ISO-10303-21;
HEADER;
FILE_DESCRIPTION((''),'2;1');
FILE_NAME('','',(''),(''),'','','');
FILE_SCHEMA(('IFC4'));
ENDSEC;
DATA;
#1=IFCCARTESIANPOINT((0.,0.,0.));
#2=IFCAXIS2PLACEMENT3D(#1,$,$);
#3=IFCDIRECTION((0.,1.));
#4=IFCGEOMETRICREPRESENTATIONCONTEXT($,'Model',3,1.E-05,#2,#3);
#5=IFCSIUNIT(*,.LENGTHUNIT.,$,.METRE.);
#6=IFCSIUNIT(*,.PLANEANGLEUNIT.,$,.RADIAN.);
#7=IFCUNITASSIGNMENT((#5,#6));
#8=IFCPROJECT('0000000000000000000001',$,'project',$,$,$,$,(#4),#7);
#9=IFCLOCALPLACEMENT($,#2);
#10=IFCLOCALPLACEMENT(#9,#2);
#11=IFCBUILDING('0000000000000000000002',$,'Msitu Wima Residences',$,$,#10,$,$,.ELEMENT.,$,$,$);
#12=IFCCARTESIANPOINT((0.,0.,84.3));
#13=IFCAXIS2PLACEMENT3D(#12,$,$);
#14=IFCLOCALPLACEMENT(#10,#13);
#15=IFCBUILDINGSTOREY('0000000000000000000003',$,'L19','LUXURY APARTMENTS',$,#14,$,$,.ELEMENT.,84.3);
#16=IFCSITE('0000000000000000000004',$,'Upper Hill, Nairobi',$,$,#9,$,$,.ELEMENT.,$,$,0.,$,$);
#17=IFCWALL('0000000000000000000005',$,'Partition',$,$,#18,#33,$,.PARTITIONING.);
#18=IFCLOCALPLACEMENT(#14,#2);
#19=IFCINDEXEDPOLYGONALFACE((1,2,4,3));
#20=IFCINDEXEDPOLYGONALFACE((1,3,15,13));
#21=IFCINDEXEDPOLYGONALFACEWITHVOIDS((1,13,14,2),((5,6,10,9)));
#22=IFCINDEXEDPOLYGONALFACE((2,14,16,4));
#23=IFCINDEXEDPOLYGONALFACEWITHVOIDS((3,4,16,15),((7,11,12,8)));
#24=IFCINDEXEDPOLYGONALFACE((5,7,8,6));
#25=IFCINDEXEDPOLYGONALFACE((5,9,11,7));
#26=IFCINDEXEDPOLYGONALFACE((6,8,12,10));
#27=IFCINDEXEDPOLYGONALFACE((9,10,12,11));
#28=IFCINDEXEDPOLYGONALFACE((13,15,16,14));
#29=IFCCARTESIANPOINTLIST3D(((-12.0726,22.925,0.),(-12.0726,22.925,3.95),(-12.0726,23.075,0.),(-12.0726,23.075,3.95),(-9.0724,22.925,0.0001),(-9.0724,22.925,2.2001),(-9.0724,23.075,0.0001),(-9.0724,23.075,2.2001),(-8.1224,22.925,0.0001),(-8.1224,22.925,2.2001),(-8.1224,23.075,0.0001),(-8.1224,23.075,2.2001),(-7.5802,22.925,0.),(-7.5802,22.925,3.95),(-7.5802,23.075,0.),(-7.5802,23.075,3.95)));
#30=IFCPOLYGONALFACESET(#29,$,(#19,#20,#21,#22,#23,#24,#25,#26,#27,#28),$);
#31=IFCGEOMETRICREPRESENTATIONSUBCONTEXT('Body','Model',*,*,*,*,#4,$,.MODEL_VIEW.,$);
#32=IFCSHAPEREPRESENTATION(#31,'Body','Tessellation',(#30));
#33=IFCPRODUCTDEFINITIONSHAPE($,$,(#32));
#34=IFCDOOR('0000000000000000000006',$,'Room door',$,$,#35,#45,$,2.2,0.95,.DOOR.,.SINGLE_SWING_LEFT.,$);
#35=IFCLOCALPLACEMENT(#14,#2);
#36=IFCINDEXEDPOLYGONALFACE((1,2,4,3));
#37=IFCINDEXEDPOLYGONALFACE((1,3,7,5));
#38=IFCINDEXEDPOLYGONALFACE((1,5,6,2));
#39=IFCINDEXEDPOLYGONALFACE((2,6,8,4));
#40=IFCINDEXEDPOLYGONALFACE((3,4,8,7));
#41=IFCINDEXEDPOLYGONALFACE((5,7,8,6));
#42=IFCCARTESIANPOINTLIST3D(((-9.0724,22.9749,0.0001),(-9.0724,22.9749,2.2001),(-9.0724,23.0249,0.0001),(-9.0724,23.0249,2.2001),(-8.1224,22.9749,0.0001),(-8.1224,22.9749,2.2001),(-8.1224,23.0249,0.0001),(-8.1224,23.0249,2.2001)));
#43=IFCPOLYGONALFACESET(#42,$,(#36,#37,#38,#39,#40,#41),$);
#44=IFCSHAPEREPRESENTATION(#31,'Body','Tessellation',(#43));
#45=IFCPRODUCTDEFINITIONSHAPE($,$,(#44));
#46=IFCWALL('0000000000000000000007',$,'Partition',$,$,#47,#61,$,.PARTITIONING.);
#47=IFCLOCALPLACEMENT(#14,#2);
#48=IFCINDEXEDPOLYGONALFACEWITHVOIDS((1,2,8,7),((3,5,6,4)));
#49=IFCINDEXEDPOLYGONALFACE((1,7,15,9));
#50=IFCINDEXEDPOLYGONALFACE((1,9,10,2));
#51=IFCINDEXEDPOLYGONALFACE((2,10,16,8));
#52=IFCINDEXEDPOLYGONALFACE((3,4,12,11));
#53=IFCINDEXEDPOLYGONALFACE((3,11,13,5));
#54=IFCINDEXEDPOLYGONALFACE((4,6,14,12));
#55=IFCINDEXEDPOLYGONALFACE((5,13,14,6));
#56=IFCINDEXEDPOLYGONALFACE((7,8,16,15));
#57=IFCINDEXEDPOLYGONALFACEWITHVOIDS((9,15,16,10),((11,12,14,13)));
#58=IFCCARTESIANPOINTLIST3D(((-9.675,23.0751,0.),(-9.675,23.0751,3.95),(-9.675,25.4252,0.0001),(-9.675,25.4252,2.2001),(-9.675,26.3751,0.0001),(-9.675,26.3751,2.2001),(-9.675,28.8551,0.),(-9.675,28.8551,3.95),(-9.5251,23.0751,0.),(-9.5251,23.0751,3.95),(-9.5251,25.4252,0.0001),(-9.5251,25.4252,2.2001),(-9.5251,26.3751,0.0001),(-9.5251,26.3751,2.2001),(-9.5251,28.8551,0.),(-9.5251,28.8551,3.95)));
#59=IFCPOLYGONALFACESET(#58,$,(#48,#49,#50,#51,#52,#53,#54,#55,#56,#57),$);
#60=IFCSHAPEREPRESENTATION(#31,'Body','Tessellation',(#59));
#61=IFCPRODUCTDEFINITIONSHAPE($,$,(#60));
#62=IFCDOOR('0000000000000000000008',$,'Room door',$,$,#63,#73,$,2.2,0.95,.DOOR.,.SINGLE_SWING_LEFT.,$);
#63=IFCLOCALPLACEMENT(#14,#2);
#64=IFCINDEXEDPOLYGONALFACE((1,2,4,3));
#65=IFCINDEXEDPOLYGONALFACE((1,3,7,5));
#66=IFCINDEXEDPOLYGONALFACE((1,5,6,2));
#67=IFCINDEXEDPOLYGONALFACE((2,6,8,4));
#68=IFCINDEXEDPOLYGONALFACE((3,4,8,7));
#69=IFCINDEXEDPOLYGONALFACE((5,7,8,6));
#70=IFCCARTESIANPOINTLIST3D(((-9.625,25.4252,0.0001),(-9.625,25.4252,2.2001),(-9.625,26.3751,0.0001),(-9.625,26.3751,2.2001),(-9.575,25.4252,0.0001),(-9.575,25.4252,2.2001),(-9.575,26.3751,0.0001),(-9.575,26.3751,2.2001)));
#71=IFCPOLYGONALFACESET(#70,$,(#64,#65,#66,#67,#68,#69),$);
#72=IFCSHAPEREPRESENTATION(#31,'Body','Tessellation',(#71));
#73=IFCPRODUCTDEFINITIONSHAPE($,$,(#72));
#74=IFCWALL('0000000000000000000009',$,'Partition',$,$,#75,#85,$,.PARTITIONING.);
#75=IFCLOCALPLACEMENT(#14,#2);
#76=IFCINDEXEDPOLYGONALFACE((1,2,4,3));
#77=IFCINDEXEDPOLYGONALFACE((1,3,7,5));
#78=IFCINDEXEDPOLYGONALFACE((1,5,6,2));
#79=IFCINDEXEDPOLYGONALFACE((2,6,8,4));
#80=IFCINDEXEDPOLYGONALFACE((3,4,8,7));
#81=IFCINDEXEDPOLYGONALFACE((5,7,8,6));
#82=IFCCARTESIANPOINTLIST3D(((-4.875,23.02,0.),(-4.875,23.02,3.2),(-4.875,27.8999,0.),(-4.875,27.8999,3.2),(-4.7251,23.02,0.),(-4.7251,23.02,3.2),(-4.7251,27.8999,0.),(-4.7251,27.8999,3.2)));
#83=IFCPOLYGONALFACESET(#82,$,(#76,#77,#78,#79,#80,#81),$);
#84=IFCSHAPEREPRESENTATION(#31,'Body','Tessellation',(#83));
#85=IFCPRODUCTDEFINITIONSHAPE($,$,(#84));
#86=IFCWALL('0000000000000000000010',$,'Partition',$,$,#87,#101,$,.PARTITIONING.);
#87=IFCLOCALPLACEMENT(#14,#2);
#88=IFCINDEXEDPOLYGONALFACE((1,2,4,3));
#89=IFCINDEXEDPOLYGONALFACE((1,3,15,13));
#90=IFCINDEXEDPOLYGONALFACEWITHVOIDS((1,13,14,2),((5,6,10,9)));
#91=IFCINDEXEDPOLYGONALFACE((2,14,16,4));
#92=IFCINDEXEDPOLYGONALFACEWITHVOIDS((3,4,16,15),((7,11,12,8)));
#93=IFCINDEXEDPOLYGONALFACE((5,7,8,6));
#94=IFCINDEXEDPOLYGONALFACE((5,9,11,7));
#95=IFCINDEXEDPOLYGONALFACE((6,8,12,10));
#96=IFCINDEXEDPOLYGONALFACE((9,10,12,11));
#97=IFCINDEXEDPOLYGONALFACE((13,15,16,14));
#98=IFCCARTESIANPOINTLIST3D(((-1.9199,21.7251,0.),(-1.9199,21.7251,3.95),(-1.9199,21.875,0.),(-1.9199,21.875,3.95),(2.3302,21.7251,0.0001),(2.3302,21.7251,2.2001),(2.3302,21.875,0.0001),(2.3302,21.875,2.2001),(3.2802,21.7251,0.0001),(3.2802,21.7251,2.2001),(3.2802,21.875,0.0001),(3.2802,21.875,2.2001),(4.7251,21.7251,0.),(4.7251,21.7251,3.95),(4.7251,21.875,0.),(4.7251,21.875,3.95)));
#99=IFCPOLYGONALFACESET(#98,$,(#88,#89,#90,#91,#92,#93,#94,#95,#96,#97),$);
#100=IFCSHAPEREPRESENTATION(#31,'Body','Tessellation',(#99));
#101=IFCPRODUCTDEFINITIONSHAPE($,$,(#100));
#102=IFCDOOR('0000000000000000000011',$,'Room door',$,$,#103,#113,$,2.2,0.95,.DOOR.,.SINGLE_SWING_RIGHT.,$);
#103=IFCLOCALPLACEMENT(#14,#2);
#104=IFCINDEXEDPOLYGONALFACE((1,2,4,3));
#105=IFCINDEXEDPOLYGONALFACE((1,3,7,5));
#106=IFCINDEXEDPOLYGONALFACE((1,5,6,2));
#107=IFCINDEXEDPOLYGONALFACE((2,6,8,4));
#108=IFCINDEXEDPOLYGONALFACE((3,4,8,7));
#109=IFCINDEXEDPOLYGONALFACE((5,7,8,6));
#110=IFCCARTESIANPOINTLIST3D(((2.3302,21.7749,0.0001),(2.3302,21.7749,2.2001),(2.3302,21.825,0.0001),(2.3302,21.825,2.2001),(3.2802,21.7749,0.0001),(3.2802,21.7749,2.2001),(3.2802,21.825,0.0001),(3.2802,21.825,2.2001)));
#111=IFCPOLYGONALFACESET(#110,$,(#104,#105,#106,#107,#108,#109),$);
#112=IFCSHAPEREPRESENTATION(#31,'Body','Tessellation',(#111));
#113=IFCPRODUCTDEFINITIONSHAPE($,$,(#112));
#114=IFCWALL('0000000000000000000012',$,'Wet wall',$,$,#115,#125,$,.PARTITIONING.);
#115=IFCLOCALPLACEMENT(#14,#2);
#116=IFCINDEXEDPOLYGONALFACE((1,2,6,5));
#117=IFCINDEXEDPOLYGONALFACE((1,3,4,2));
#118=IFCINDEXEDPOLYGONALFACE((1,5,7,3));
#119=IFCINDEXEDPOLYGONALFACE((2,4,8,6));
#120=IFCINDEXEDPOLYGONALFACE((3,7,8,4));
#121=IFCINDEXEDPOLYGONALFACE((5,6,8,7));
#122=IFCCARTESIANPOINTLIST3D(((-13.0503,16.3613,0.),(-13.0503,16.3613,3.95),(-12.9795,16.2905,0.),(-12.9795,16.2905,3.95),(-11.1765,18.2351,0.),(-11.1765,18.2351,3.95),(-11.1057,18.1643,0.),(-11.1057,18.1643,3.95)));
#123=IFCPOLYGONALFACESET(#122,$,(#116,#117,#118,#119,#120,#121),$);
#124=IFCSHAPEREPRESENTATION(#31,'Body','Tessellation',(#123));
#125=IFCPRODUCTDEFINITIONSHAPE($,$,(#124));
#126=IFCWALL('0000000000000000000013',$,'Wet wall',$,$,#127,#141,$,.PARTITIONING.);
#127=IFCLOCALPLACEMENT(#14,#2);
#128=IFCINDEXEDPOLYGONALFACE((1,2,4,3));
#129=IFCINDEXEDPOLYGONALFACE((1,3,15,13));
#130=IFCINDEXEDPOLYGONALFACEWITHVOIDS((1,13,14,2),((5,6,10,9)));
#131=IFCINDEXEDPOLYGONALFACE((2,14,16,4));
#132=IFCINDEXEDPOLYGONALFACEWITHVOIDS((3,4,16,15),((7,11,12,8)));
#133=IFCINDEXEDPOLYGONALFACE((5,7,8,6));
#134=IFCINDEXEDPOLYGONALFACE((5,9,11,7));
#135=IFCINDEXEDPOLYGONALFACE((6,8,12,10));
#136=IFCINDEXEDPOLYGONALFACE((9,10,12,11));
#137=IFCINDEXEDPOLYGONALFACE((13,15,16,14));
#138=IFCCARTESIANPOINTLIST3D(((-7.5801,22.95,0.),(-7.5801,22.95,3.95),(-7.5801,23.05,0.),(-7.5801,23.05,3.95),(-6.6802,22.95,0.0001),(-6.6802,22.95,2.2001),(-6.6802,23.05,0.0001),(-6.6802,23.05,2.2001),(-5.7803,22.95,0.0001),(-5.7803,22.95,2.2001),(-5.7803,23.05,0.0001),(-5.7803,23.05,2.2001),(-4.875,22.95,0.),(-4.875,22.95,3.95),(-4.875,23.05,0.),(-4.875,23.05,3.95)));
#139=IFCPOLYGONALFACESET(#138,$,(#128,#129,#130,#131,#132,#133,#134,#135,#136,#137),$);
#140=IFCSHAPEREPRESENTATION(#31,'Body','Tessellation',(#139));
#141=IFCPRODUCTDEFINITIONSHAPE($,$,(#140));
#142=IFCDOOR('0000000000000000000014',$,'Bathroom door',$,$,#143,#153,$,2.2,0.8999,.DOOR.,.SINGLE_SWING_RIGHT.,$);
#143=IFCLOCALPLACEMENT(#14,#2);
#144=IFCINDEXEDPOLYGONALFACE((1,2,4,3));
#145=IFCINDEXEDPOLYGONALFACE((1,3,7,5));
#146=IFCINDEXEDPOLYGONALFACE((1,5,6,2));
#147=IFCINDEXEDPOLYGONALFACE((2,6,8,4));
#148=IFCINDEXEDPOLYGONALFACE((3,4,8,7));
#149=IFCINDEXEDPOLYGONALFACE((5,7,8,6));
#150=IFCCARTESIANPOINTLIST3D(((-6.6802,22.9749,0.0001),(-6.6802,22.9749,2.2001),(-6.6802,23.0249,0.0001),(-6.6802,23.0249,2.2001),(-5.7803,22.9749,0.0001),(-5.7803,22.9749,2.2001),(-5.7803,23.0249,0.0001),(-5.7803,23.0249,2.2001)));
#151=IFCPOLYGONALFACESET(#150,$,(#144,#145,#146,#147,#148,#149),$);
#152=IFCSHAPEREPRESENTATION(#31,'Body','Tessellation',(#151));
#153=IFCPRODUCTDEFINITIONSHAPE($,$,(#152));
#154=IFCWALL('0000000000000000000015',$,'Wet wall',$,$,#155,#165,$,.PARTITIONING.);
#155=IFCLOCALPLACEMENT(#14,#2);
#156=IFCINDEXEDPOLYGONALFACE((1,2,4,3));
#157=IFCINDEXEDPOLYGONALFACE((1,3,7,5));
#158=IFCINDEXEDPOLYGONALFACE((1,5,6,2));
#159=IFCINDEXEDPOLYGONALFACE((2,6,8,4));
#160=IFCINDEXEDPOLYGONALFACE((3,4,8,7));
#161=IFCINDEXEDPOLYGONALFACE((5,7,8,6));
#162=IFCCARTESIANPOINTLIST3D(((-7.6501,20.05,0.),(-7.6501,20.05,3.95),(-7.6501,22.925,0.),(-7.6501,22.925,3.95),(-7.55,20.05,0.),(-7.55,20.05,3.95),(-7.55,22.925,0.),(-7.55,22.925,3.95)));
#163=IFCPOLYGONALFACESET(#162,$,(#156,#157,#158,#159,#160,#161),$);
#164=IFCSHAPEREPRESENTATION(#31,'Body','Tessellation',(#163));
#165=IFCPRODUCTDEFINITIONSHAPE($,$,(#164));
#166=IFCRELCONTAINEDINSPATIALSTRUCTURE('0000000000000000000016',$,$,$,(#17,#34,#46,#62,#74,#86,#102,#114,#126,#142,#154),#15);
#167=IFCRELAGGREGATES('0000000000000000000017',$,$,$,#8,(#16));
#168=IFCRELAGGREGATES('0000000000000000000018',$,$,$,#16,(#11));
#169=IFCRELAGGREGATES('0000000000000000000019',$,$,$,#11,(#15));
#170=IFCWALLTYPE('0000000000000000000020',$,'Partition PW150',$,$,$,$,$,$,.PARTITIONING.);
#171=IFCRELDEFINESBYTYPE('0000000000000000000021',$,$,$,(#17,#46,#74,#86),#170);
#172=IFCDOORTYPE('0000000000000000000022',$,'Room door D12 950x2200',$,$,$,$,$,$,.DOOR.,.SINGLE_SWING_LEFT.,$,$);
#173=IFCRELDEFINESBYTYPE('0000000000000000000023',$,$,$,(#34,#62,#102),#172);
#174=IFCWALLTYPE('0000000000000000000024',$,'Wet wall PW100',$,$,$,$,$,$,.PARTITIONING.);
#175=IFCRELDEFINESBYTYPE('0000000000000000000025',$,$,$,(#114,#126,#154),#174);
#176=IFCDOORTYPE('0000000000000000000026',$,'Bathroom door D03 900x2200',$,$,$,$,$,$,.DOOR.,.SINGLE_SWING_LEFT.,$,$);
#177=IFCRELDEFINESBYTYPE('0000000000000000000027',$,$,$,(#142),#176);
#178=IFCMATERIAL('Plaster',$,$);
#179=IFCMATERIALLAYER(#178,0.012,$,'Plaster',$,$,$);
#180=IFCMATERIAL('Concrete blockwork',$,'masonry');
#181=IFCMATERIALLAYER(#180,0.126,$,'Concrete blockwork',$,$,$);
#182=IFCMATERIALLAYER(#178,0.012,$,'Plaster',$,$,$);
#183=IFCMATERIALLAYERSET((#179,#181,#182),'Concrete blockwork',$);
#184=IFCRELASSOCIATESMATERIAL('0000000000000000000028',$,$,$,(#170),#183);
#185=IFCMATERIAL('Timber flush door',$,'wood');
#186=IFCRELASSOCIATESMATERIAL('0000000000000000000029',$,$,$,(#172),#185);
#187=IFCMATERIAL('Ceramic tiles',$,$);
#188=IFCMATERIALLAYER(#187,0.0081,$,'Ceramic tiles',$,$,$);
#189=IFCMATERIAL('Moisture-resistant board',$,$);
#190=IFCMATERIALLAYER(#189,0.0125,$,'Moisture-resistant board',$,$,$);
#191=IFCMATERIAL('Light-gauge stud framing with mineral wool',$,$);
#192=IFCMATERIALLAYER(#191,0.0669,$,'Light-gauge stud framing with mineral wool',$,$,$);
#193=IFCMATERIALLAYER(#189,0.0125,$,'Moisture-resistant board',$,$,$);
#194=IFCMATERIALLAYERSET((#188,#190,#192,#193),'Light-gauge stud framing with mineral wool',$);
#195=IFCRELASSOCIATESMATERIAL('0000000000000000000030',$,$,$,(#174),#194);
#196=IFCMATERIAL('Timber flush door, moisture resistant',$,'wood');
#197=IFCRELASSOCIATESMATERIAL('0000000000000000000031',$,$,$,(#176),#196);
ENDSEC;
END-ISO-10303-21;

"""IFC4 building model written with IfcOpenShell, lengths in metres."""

from ifc_helpers import new_model, si_unit, direction, frame, frame_2d, origin, place, context, subcontext, project, spatial, rectangle, extrude, material, layer, layer_set, type_object, element, fill, save


model = new_model("IFC4")

# Units and contexts
model_context = context("Model", 3, precision=1e-05, world=origin(), true_north=direction((0.0, 1.0)))
body_context = subcontext(model_context, "Body", "Model", "MODEL_VIEW")
ifc_project = project(units=[si_unit("LENGTHUNIT", "METRE"), si_unit("PLANEANGLEUNIT", "RADIAN")], contexts=[model_context])

# Site, building, storey
site_placement = place(None, origin())
site = spatial("IfcSite", under=ifc_project, at=site_placement, Name="Upper Hill, Nairobi", CompositionType="ELEMENT", RefElevation=0.0)
building_placement = place(site_placement, origin())
building = spatial("IfcBuilding", under=site, at=building_placement, Name="Msitu Wima Residences", CompositionType="ELEMENT")
storey_placement = place(building_placement, frame((0.0, 0.0, 84.3)))
storey = spatial("IfcBuildingStorey", under=building, at=storey_placement, Name="L19", Description="LUXURY APARTMENTS", CompositionType="ELEMENT", Elevation=84.3)

# Shared definitions
ifc_material_1 = material(Name="Plaster")
ifc_layer_1 = layer(ifc_material_1, 0.012, Name="Plaster")
ifc_material_2 = material(Name="Concrete blockwork", Category="masonry")
ifc_layer_2 = layer(ifc_material_2, 0.126, Name="Concrete blockwork")
ifc_layer_3 = layer(ifc_material_1, 0.012, Name="Plaster")
ifc_layer_set_1 = layer_set([ifc_layer_1, ifc_layer_2, ifc_layer_3], Name="Concrete blockwork")
wall_type_1 = type_object("IfcWallType", Name="Partition PW150", PredefinedType="PARTITIONING", material=ifc_layer_set_1)

# Walls, openings, doors
wall_1_placement = place(storey_placement, frame((-12.0725, 23.0, 0.0), z_axis=(0.0, 0.0, 1.0), x_axis=(1.0, 0.0, 0.0)))
wall_1 = element("IfcWall", 1, at=wall_1_placement, inside=storey, type_object=wall_type_1, Name="Partition", PredefinedType="PARTITIONING", context=body_context, shape_type="SweptSolid", body=[
    extrude(rectangle(XDim=4.4924, YDim=0.1499, at=frame_2d((2.2461, 0.0))), origin(), (0.0, 0.0, 1.0), 3.95),
])
opening_1_placement = place(wall_1_placement, frame((3.0, 0.0, 0.0)))
opening_1 = element("IfcOpeningElement", 2, at=opening_1_placement, cuts=wall_1, PredefinedType="OPENING", context=body_context, shape_type="SweptSolid", body=[
    extrude(rectangle(XDim=0.95, YDim=2.2, at=frame_2d((0.4751, 1.1001))), frame((0.0, 0.085, 0.0), z_axis=(0.0, -1.0, 0.0), x_axis=(1.0, 0.0, 0.0)), (0.0, 0.0, 1.0), 0.1699),
])
ifc_material_3 = material(Name="Timber flush door", Category="wood")
door_type_1 = type_object("IfcDoorType", Name="Room door D12 950x2200", OperationType="SINGLE_SWING_LEFT", PredefinedType="DOOR", material=ifc_material_3)
door_1_placement = place(opening_1_placement, origin())
door_1 = element("IfcDoor", 3, at=door_1_placement, inside=storey, type_object=door_type_1, Name="Room door", OperationType="SINGLE_SWING_LEFT", OverallHeight=2.2, OverallWidth=0.95, PredefinedType="DOOR", context=body_context, shape_type="SweptSolid", body=[
    extrude(rectangle(XDim=0.95, YDim=2.2, at=frame_2d((0.4751, 1.1001))), frame((0.0, 0.0249, 0.0), z_axis=(0.0, -1.0, 0.0), x_axis=(1.0, 0.0, 0.0)), (0.0, 0.0, 1.0), 0.05),
])
fill(opening_1, door_1)
wall_2_placement = place(storey_placement, frame((-9.6001, 23.075, 0.0), z_axis=(0.0, 0.0, 1.0), x_axis=(0.0, 1.0, 0.0)))
wall_2 = element("IfcWall", 4, at=wall_2_placement, inside=storey, type_object=wall_type_1, Name="Partition", PredefinedType="PARTITIONING", context=body_context, shape_type="SweptSolid", body=[
    extrude(rectangle(XDim=5.78, YDim=0.1499, at=frame_2d((2.8901, 0.0))), origin(), (0.0, 0.0, 1.0), 3.95),
])
opening_2_placement = place(wall_2_placement, frame((2.3501, 0.0, 0.0)))
opening_2 = element("IfcOpeningElement", 5, at=opening_2_placement, cuts=wall_2, PredefinedType="OPENING", context=body_context, shape_type="SweptSolid", body=[
    extrude(rectangle(XDim=0.95, YDim=2.2, at=frame_2d((0.4751, 1.1001))), frame((0.0, 0.085, 0.0), z_axis=(0.0, -1.0, 0.0), x_axis=(1.0, 0.0, 0.0)), (0.0, 0.0, 1.0), 0.1699),
])
door_2_placement = place(opening_2_placement, origin())
door_2 = element("IfcDoor", 6, at=door_2_placement, inside=storey, type_object=door_type_1, Name="Room door", OperationType="SINGLE_SWING_LEFT", OverallHeight=2.2, OverallWidth=0.95, PredefinedType="DOOR", context=body_context, shape_type="SweptSolid", body=[
    extrude(rectangle(XDim=0.95, YDim=2.2, at=frame_2d((0.4751, 1.1001))), frame((0.0, 0.0249, 0.0), z_axis=(0.0, -1.0, 0.0), x_axis=(1.0, 0.0, 0.0)), (0.0, 0.0, 1.0), 0.05),
])
fill(opening_2, door_2)

# Wall
wall_3_placement = place(storey_placement, frame((-4.8, 23.02, 0.0), z_axis=(0.0, 0.0, 1.0), x_axis=(0.0, 1.0, 0.0)))
element("IfcWall", 7, at=wall_3_placement, inside=storey, type_object=wall_type_1, Name="Partition", PredefinedType="PARTITIONING", context=body_context, shape_type="SweptSolid", body=[
    extrude(rectangle(XDim=4.8799, YDim=0.1499, at=frame_2d((2.4399, 0.0))), origin(), (0.0, 0.0, 1.0), 3.2),
])

# Wall, opening, door
wall_4_placement = place(storey_placement, frame((-1.9199, 21.8, 0.0), z_axis=(0.0, 0.0, 1.0), x_axis=(1.0, 0.0, 0.0)))
wall_4 = element("IfcWall", 8, at=wall_4_placement, inside=storey, type_object=wall_type_1, Name="Partition", PredefinedType="PARTITIONING", context=body_context, shape_type="SweptSolid", body=[
    extrude(rectangle(XDim=6.645, YDim=0.1499, at=frame_2d((3.3225, 0.0))), origin(), (0.0, 0.0, 1.0), 3.95),
])
opening_3_placement = place(wall_4_placement, frame((4.25, 0.0, 0.0)))
opening_3 = element("IfcOpeningElement", 9, at=opening_3_placement, cuts=wall_4, PredefinedType="OPENING", context=body_context, shape_type="SweptSolid", body=[
    extrude(rectangle(XDim=0.95, YDim=2.2, at=frame_2d((0.4751, 1.1001))), frame((0.0, 0.085, 0.0), z_axis=(0.0, -1.0, 0.0), x_axis=(1.0, 0.0, 0.0)), (0.0, 0.0, 1.0), 0.1699),
])
door_3_placement = place(opening_3_placement, origin())
door_3 = element("IfcDoor", 10, at=door_3_placement, inside=storey, type_object=door_type_1, Name="Room door", OperationType="SINGLE_SWING_RIGHT", OverallHeight=2.2, OverallWidth=0.95, PredefinedType="DOOR", context=body_context, shape_type="SweptSolid", body=[
    extrude(rectangle(XDim=0.95, YDim=2.2, at=frame_2d((0.4751, 1.1001))), frame((0.0, 0.0249, 0.0), z_axis=(0.0, -1.0, 0.0), x_axis=(1.0, 0.0, 0.0)), (0.0, 0.0, 1.0), 0.05),
])
fill(opening_3, door_3)

# Wall
ifc_material_4 = material(Name="Ceramic tiles")
ifc_layer_4 = layer(ifc_material_4, 0.0081, Name="Ceramic tiles")
ifc_material_5 = material(Name="Moisture-resistant board")
ifc_layer_5 = layer(ifc_material_5, 0.0125, Name="Moisture-resistant board")
ifc_material_6 = material(Name="Light-gauge stud framing with mineral wool")
ifc_layer_6 = layer(ifc_material_6, 0.0669, Name="Light-gauge stud framing with mineral wool")
ifc_layer_7 = layer(ifc_material_5, 0.0125, Name="Moisture-resistant board")
ifc_layer_set_2 = layer_set([ifc_layer_4, ifc_layer_5, ifc_layer_6, ifc_layer_7], Name="Light-gauge stud framing with mineral wool")
wall_type_2 = type_object("IfcWallType", Name="Wet wall PW100", PredefinedType="PARTITIONING", material=ifc_layer_set_2)
wall_5_placement = place(storey_placement, frame((-13.0149, 16.3259, 0.0), z_axis=(0.0, 0.0, 1.0), x_axis=(0.707107, 0.707107, 0.0)))
element("IfcWall", 11, at=wall_5_placement, inside=storey, type_object=wall_type_2, Name="Wet wall", PredefinedType="PARTITIONING", context=body_context, shape_type="SweptSolid", body=[
    extrude(rectangle(XDim=2.6499, YDim=0.1001, at=frame_2d((1.325, 0.0))), origin(), (0.0, 0.0, 1.0), 3.95),
])

# Wall, opening, door
wall_6_placement = place(storey_placement, frame((-7.5801, 23.0, 0.0), z_axis=(0.0, 0.0, 1.0), x_axis=(1.0, 0.0, 0.0)))
wall_6 = element("IfcWall", 12, at=wall_6_placement, inside=storey, type_object=wall_type_2, Name="Wet wall", PredefinedType="PARTITIONING", context=body_context, shape_type="SweptSolid", body=[
    extrude(rectangle(XDim=2.7051, YDim=0.1001, at=frame_2d((1.3525, 0.0))), origin(), (0.0, 0.0, 1.0), 3.95),
])
opening_4_placement = place(wall_6_placement, frame((0.8999, 0.0, 0.0)))
opening_4 = element("IfcOpeningElement", 13, at=opening_4_placement, cuts=wall_6, PredefinedType="OPENING", context=body_context, shape_type="SweptSolid", body=[
    extrude(rectangle(XDim=0.8999, YDim=2.2, at=frame_2d((0.45, 1.1001))), frame((0.0, 0.0601, 0.0), z_axis=(0.0, -1.0, 0.0), x_axis=(1.0, 0.0, 0.0)), (0.0, 0.0, 1.0), 0.1201),
])
ifc_material_7 = material(Name="Timber flush door, moisture resistant", Category="wood")
door_type_2 = type_object("IfcDoorType", Name="Bathroom door D03 900x2200", OperationType="SINGLE_SWING_LEFT", PredefinedType="DOOR", material=ifc_material_7)
door_4_placement = place(opening_4_placement, origin())
door_4 = element("IfcDoor", 14, at=door_4_placement, inside=storey, type_object=door_type_2, Name="Bathroom door", OperationType="SINGLE_SWING_RIGHT", OverallHeight=2.2, OverallWidth=0.8999, PredefinedType="DOOR", context=body_context, shape_type="SweptSolid", body=[
    extrude(rectangle(XDim=0.8999, YDim=2.2, at=frame_2d((0.45, 1.1001))), frame((0.0, 0.0249, 0.0), z_axis=(0.0, -1.0, 0.0), x_axis=(1.0, 0.0, 0.0)), (0.0, 0.0, 1.0), 0.05),
])
fill(opening_4, door_4)

# Wall
wall_7_placement = place(storey_placement, frame((-7.6001, 20.05, 0.0), z_axis=(0.0, 0.0, 1.0), x_axis=(0.0, 1.0, 0.0)))
element("IfcWall", 15, at=wall_7_placement, inside=storey, type_object=wall_type_2, Name="Wet wall", PredefinedType="PARTITIONING", context=body_context, shape_type="SweptSolid", body=[
    extrude(rectangle(XDim=2.875, YDim=0.1001, at=frame_2d((1.4375, 0.0))), origin(), (0.0, 0.0, 1.0), 3.95),
])

save(model, "model.ifc")
